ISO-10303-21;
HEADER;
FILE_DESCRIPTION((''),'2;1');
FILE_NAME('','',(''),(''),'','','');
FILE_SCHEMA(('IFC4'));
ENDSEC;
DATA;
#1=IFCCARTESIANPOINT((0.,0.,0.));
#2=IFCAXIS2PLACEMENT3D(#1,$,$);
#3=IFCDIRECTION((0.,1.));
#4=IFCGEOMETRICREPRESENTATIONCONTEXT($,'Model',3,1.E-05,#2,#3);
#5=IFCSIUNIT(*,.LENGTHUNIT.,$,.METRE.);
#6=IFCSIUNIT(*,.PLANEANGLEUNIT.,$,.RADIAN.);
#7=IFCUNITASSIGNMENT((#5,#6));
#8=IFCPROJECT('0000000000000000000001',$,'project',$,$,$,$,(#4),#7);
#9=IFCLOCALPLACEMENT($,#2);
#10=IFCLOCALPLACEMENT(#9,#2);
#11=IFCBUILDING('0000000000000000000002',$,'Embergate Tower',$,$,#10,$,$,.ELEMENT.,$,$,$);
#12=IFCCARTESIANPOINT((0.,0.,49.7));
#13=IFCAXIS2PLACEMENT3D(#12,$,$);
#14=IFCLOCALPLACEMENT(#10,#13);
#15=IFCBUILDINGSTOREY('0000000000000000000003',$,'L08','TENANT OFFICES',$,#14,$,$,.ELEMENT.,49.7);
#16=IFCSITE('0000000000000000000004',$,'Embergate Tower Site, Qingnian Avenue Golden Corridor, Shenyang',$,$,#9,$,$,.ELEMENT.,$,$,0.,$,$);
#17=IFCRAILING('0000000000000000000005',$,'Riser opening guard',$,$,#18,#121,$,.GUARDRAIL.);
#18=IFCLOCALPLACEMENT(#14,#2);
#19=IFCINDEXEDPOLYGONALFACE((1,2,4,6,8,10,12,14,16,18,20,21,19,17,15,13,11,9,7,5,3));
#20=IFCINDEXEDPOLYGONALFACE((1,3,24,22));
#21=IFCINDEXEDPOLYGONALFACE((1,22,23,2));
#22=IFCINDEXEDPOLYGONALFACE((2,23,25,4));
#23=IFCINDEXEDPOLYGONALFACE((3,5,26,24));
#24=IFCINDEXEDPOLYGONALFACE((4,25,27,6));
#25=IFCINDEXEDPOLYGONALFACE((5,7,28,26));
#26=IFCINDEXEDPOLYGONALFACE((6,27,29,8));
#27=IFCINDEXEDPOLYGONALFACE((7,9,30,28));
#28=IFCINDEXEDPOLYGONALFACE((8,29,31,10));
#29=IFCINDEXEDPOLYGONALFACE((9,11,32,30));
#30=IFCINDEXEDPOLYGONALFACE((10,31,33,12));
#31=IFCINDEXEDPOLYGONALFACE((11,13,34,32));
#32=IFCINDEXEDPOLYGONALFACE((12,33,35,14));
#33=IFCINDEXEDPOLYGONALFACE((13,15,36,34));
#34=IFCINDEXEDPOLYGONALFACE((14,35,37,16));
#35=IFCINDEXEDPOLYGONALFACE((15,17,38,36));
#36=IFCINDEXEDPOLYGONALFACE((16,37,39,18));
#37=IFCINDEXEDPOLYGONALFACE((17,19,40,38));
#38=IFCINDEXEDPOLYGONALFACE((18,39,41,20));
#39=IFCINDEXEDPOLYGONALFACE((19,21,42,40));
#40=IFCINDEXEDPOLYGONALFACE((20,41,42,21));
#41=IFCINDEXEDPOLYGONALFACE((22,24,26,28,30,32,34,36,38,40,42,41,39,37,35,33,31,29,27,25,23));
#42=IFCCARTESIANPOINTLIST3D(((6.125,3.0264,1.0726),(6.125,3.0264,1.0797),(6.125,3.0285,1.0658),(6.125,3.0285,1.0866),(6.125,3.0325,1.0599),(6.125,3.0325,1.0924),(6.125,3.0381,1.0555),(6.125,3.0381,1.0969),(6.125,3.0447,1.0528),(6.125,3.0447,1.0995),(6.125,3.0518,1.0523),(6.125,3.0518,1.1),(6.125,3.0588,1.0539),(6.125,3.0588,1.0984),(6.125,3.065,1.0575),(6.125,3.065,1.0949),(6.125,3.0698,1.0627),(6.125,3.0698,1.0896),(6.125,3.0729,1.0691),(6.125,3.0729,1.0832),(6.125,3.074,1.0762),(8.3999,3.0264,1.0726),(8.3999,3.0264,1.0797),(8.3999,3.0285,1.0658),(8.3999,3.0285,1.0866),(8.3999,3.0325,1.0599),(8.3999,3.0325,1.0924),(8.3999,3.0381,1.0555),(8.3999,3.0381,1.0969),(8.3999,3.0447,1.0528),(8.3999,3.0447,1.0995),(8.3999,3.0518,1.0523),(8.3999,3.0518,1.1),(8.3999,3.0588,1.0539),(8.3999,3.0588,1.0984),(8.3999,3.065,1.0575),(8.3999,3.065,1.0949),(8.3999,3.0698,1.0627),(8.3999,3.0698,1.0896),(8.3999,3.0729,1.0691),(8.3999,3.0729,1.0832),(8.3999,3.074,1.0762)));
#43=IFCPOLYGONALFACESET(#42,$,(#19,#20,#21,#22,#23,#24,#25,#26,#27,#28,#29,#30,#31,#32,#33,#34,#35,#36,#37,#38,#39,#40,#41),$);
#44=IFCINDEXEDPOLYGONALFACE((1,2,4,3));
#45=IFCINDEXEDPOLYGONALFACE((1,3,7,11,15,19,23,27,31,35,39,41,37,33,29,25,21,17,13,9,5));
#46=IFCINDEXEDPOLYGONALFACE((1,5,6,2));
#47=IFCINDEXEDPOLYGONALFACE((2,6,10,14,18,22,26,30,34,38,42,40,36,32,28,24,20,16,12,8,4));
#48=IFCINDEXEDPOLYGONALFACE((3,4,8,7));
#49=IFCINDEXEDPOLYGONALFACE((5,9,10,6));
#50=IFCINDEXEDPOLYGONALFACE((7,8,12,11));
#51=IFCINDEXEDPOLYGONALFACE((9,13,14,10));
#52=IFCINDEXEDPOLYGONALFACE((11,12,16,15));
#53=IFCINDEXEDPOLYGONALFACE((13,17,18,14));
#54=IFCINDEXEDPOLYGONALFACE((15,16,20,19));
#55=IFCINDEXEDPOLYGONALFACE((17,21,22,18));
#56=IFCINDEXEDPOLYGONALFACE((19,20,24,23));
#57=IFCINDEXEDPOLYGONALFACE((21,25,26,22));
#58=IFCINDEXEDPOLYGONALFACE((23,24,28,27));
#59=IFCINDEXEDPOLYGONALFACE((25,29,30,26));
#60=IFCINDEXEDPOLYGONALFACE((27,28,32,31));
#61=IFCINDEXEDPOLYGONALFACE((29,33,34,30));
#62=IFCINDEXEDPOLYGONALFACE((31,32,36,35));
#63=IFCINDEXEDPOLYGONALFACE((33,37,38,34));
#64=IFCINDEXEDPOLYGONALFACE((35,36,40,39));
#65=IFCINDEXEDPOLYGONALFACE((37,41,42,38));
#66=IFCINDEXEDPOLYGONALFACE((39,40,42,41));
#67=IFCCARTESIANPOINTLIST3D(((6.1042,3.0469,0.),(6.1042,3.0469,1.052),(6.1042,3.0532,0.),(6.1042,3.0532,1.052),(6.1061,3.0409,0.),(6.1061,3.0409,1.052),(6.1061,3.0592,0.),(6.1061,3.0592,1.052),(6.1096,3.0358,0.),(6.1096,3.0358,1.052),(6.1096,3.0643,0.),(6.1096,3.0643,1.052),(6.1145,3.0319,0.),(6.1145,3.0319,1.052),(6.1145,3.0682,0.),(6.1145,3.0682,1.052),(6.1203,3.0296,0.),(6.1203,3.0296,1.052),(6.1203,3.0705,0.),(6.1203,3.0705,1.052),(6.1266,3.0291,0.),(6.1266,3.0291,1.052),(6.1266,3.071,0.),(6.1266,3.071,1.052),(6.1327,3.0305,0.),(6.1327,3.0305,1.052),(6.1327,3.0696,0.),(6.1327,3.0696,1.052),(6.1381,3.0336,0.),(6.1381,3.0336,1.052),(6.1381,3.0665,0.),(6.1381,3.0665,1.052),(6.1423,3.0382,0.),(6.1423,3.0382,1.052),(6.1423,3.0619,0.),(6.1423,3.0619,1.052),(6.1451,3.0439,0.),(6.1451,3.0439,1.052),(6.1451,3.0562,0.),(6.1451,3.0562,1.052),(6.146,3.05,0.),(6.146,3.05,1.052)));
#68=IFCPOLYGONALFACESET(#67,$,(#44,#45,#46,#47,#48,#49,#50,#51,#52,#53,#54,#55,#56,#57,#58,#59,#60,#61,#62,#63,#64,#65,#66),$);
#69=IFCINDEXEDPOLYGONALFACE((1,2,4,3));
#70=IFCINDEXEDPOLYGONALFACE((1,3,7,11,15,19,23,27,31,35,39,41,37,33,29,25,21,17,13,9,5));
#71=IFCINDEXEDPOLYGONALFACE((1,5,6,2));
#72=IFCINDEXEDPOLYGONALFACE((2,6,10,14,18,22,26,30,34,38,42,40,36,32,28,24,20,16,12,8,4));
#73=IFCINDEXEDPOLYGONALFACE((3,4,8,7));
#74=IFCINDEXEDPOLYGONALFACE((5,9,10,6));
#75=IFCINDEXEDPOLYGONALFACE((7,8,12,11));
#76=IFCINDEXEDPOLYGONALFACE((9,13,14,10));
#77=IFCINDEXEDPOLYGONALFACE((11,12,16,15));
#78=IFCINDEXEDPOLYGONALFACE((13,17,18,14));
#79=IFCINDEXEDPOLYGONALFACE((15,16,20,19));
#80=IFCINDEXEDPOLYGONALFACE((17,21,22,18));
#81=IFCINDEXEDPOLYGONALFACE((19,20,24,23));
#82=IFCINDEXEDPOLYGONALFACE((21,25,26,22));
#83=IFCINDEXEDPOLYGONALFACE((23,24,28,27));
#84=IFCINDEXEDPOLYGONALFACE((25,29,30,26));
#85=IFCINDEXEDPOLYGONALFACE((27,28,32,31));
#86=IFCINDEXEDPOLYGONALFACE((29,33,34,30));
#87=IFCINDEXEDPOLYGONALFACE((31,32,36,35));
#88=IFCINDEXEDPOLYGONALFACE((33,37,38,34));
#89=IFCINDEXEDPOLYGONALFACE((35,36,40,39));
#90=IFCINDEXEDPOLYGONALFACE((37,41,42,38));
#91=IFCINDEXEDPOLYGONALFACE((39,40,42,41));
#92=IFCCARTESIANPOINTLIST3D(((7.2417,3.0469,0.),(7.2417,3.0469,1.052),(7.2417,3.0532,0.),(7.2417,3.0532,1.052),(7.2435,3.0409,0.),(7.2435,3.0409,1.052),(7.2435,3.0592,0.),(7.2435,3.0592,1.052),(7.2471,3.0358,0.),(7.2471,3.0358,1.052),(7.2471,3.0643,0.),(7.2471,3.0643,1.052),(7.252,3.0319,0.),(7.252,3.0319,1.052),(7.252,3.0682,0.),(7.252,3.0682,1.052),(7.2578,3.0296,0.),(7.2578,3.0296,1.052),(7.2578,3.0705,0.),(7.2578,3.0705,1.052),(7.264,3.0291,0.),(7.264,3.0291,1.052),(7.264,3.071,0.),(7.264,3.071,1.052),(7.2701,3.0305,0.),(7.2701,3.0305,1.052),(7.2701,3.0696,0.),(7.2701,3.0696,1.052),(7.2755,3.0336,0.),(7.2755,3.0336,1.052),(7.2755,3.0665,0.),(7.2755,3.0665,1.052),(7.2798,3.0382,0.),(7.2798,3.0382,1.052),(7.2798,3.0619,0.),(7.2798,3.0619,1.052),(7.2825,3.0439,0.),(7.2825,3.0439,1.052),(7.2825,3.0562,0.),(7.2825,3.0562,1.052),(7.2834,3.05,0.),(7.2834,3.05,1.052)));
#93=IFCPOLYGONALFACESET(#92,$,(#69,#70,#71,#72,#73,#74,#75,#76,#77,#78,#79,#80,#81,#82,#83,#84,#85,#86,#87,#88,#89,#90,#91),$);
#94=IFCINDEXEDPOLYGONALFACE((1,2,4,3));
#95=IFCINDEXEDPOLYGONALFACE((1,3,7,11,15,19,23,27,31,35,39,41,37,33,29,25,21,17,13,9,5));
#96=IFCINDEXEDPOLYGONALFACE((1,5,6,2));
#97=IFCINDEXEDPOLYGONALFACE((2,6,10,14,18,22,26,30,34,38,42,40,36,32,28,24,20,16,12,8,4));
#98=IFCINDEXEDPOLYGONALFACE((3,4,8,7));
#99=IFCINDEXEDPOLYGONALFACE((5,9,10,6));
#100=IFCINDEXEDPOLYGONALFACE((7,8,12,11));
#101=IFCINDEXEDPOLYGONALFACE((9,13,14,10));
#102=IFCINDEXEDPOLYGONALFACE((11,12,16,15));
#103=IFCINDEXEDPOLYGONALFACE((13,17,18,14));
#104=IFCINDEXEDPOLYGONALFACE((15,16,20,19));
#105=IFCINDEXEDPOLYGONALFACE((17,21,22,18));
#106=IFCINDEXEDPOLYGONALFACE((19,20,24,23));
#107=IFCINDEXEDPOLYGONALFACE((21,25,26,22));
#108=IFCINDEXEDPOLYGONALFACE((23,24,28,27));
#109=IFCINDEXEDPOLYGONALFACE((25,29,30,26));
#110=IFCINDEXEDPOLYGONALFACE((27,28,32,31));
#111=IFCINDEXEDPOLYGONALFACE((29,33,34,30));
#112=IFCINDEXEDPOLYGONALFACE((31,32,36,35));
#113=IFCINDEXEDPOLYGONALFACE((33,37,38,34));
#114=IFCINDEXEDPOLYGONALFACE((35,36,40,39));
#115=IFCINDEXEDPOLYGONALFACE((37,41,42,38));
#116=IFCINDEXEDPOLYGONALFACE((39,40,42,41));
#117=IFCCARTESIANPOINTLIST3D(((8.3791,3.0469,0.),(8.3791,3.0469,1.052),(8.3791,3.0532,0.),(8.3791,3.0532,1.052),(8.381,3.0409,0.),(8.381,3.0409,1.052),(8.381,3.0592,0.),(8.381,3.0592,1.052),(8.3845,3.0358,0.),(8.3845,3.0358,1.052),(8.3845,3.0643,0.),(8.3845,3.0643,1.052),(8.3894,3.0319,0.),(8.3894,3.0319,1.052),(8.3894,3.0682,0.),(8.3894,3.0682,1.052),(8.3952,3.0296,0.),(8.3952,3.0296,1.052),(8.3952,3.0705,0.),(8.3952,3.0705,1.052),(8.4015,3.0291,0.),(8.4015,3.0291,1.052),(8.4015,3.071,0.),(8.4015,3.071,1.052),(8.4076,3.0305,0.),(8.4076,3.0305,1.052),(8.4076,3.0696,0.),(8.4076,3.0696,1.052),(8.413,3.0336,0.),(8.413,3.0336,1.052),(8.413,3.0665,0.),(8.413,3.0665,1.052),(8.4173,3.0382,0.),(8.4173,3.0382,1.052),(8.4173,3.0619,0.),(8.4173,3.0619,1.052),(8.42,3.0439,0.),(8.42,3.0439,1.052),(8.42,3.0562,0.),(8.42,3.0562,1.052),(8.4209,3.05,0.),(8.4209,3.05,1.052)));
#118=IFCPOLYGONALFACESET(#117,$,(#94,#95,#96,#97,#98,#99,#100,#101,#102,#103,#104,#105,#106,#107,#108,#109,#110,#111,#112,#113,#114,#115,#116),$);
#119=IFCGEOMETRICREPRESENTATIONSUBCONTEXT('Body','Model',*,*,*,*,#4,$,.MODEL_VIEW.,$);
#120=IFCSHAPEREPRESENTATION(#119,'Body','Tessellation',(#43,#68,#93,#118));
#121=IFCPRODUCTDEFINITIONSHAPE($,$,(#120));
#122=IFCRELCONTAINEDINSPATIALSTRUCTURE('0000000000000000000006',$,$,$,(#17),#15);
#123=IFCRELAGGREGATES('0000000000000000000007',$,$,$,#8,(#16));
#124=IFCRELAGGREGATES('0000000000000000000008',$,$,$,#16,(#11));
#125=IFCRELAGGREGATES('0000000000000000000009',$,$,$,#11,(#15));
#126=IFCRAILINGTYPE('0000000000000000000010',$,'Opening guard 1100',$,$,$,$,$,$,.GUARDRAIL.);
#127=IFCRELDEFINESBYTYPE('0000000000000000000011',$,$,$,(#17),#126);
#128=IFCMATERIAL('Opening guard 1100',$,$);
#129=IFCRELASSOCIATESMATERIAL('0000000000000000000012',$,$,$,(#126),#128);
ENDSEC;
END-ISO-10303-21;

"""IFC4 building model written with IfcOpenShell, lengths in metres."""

from ifc_helpers import new_model, si_unit, direction, frame, origin, origin_2d, place, context, subcontext, project, spatial, circle, extrude, source, transform, mapped, material, type_object, element, save


model = new_model("IFC4")

# Units and contexts
model_context = context("Model", 3, precision=1e-05, world=origin(), true_north=direction((0.0, 1.0)))
body_context = subcontext(model_context, "Body", "Model", "MODEL_VIEW")
ifc_project = project(units=[si_unit("LENGTHUNIT", "METRE"), si_unit("PLANEANGLEUNIT", "RADIAN")], contexts=[model_context])

# Site, building, storey
site_placement = place(None, origin())
site = spatial("IfcSite", under=ifc_project, at=site_placement, Name="Embergate Tower Site, Qingnian Avenue Golden Corridor, Shenyang", CompositionType="ELEMENT", RefElevation=0.0)
building_placement = place(site_placement, origin())
building = spatial("IfcBuilding", under=site, at=building_placement, Name="Embergate Tower", CompositionType="ELEMENT")
storey_placement = place(building_placement, frame((0.0, 0.0, 49.7)))
storey = spatial("IfcBuildingStorey", under=building, at=storey_placement, Name="L08", Description="TENANT OFFICES", CompositionType="ELEMENT", Elevation=49.7)

# Railing
ifc_material_1 = material(Name="Opening guard 1100")
railing_type_1 = type_object("IfcRailingType", Name="Opening guard 1100", PredefinedType="GUARDRAIL", material=ifc_material_1)
shared_shape_1 = source(origin(), body_context, "Body", "SweptSolid", [
    extrude(circle(Radius=0.0239, at=origin_2d()), frame((0.0, 0.0, 1.0762), z_axis=(1.0, 0.0, 0.0), x_axis=(0.0, 1.0, 0.0)), (0.0, 0.0, 1.0), 2.2749),
    extrude(circle(Radius=0.021, at=origin_2d()), origin(), (0.0, 0.0, 1.0), 1.052),
    extrude(circle(Radius=0.021, at=origin_2d()), frame((1.1375, 0.0, 0.0)), (0.0, 0.0, 1.0), 1.052),
    extrude(circle(Radius=0.021, at=origin_2d()), frame((2.2749, 0.0, 0.0)), (0.0, 0.0, 1.0), 1.052),
])
railing_1_placement = place(storey_placement, frame((6.125, 3.05, 0.0)))
element("IfcRailing", 1, at=railing_1_placement, inside=storey, type_object=railing_type_1, Name="Riser opening guard", PredefinedType="GUARDRAIL", context=body_context, shape_type="MappedRepresentation", body=[
    mapped(shared_shape_1, transform((0.0, 0.0, 0.0))),
])

save(model, "model.ifc")
